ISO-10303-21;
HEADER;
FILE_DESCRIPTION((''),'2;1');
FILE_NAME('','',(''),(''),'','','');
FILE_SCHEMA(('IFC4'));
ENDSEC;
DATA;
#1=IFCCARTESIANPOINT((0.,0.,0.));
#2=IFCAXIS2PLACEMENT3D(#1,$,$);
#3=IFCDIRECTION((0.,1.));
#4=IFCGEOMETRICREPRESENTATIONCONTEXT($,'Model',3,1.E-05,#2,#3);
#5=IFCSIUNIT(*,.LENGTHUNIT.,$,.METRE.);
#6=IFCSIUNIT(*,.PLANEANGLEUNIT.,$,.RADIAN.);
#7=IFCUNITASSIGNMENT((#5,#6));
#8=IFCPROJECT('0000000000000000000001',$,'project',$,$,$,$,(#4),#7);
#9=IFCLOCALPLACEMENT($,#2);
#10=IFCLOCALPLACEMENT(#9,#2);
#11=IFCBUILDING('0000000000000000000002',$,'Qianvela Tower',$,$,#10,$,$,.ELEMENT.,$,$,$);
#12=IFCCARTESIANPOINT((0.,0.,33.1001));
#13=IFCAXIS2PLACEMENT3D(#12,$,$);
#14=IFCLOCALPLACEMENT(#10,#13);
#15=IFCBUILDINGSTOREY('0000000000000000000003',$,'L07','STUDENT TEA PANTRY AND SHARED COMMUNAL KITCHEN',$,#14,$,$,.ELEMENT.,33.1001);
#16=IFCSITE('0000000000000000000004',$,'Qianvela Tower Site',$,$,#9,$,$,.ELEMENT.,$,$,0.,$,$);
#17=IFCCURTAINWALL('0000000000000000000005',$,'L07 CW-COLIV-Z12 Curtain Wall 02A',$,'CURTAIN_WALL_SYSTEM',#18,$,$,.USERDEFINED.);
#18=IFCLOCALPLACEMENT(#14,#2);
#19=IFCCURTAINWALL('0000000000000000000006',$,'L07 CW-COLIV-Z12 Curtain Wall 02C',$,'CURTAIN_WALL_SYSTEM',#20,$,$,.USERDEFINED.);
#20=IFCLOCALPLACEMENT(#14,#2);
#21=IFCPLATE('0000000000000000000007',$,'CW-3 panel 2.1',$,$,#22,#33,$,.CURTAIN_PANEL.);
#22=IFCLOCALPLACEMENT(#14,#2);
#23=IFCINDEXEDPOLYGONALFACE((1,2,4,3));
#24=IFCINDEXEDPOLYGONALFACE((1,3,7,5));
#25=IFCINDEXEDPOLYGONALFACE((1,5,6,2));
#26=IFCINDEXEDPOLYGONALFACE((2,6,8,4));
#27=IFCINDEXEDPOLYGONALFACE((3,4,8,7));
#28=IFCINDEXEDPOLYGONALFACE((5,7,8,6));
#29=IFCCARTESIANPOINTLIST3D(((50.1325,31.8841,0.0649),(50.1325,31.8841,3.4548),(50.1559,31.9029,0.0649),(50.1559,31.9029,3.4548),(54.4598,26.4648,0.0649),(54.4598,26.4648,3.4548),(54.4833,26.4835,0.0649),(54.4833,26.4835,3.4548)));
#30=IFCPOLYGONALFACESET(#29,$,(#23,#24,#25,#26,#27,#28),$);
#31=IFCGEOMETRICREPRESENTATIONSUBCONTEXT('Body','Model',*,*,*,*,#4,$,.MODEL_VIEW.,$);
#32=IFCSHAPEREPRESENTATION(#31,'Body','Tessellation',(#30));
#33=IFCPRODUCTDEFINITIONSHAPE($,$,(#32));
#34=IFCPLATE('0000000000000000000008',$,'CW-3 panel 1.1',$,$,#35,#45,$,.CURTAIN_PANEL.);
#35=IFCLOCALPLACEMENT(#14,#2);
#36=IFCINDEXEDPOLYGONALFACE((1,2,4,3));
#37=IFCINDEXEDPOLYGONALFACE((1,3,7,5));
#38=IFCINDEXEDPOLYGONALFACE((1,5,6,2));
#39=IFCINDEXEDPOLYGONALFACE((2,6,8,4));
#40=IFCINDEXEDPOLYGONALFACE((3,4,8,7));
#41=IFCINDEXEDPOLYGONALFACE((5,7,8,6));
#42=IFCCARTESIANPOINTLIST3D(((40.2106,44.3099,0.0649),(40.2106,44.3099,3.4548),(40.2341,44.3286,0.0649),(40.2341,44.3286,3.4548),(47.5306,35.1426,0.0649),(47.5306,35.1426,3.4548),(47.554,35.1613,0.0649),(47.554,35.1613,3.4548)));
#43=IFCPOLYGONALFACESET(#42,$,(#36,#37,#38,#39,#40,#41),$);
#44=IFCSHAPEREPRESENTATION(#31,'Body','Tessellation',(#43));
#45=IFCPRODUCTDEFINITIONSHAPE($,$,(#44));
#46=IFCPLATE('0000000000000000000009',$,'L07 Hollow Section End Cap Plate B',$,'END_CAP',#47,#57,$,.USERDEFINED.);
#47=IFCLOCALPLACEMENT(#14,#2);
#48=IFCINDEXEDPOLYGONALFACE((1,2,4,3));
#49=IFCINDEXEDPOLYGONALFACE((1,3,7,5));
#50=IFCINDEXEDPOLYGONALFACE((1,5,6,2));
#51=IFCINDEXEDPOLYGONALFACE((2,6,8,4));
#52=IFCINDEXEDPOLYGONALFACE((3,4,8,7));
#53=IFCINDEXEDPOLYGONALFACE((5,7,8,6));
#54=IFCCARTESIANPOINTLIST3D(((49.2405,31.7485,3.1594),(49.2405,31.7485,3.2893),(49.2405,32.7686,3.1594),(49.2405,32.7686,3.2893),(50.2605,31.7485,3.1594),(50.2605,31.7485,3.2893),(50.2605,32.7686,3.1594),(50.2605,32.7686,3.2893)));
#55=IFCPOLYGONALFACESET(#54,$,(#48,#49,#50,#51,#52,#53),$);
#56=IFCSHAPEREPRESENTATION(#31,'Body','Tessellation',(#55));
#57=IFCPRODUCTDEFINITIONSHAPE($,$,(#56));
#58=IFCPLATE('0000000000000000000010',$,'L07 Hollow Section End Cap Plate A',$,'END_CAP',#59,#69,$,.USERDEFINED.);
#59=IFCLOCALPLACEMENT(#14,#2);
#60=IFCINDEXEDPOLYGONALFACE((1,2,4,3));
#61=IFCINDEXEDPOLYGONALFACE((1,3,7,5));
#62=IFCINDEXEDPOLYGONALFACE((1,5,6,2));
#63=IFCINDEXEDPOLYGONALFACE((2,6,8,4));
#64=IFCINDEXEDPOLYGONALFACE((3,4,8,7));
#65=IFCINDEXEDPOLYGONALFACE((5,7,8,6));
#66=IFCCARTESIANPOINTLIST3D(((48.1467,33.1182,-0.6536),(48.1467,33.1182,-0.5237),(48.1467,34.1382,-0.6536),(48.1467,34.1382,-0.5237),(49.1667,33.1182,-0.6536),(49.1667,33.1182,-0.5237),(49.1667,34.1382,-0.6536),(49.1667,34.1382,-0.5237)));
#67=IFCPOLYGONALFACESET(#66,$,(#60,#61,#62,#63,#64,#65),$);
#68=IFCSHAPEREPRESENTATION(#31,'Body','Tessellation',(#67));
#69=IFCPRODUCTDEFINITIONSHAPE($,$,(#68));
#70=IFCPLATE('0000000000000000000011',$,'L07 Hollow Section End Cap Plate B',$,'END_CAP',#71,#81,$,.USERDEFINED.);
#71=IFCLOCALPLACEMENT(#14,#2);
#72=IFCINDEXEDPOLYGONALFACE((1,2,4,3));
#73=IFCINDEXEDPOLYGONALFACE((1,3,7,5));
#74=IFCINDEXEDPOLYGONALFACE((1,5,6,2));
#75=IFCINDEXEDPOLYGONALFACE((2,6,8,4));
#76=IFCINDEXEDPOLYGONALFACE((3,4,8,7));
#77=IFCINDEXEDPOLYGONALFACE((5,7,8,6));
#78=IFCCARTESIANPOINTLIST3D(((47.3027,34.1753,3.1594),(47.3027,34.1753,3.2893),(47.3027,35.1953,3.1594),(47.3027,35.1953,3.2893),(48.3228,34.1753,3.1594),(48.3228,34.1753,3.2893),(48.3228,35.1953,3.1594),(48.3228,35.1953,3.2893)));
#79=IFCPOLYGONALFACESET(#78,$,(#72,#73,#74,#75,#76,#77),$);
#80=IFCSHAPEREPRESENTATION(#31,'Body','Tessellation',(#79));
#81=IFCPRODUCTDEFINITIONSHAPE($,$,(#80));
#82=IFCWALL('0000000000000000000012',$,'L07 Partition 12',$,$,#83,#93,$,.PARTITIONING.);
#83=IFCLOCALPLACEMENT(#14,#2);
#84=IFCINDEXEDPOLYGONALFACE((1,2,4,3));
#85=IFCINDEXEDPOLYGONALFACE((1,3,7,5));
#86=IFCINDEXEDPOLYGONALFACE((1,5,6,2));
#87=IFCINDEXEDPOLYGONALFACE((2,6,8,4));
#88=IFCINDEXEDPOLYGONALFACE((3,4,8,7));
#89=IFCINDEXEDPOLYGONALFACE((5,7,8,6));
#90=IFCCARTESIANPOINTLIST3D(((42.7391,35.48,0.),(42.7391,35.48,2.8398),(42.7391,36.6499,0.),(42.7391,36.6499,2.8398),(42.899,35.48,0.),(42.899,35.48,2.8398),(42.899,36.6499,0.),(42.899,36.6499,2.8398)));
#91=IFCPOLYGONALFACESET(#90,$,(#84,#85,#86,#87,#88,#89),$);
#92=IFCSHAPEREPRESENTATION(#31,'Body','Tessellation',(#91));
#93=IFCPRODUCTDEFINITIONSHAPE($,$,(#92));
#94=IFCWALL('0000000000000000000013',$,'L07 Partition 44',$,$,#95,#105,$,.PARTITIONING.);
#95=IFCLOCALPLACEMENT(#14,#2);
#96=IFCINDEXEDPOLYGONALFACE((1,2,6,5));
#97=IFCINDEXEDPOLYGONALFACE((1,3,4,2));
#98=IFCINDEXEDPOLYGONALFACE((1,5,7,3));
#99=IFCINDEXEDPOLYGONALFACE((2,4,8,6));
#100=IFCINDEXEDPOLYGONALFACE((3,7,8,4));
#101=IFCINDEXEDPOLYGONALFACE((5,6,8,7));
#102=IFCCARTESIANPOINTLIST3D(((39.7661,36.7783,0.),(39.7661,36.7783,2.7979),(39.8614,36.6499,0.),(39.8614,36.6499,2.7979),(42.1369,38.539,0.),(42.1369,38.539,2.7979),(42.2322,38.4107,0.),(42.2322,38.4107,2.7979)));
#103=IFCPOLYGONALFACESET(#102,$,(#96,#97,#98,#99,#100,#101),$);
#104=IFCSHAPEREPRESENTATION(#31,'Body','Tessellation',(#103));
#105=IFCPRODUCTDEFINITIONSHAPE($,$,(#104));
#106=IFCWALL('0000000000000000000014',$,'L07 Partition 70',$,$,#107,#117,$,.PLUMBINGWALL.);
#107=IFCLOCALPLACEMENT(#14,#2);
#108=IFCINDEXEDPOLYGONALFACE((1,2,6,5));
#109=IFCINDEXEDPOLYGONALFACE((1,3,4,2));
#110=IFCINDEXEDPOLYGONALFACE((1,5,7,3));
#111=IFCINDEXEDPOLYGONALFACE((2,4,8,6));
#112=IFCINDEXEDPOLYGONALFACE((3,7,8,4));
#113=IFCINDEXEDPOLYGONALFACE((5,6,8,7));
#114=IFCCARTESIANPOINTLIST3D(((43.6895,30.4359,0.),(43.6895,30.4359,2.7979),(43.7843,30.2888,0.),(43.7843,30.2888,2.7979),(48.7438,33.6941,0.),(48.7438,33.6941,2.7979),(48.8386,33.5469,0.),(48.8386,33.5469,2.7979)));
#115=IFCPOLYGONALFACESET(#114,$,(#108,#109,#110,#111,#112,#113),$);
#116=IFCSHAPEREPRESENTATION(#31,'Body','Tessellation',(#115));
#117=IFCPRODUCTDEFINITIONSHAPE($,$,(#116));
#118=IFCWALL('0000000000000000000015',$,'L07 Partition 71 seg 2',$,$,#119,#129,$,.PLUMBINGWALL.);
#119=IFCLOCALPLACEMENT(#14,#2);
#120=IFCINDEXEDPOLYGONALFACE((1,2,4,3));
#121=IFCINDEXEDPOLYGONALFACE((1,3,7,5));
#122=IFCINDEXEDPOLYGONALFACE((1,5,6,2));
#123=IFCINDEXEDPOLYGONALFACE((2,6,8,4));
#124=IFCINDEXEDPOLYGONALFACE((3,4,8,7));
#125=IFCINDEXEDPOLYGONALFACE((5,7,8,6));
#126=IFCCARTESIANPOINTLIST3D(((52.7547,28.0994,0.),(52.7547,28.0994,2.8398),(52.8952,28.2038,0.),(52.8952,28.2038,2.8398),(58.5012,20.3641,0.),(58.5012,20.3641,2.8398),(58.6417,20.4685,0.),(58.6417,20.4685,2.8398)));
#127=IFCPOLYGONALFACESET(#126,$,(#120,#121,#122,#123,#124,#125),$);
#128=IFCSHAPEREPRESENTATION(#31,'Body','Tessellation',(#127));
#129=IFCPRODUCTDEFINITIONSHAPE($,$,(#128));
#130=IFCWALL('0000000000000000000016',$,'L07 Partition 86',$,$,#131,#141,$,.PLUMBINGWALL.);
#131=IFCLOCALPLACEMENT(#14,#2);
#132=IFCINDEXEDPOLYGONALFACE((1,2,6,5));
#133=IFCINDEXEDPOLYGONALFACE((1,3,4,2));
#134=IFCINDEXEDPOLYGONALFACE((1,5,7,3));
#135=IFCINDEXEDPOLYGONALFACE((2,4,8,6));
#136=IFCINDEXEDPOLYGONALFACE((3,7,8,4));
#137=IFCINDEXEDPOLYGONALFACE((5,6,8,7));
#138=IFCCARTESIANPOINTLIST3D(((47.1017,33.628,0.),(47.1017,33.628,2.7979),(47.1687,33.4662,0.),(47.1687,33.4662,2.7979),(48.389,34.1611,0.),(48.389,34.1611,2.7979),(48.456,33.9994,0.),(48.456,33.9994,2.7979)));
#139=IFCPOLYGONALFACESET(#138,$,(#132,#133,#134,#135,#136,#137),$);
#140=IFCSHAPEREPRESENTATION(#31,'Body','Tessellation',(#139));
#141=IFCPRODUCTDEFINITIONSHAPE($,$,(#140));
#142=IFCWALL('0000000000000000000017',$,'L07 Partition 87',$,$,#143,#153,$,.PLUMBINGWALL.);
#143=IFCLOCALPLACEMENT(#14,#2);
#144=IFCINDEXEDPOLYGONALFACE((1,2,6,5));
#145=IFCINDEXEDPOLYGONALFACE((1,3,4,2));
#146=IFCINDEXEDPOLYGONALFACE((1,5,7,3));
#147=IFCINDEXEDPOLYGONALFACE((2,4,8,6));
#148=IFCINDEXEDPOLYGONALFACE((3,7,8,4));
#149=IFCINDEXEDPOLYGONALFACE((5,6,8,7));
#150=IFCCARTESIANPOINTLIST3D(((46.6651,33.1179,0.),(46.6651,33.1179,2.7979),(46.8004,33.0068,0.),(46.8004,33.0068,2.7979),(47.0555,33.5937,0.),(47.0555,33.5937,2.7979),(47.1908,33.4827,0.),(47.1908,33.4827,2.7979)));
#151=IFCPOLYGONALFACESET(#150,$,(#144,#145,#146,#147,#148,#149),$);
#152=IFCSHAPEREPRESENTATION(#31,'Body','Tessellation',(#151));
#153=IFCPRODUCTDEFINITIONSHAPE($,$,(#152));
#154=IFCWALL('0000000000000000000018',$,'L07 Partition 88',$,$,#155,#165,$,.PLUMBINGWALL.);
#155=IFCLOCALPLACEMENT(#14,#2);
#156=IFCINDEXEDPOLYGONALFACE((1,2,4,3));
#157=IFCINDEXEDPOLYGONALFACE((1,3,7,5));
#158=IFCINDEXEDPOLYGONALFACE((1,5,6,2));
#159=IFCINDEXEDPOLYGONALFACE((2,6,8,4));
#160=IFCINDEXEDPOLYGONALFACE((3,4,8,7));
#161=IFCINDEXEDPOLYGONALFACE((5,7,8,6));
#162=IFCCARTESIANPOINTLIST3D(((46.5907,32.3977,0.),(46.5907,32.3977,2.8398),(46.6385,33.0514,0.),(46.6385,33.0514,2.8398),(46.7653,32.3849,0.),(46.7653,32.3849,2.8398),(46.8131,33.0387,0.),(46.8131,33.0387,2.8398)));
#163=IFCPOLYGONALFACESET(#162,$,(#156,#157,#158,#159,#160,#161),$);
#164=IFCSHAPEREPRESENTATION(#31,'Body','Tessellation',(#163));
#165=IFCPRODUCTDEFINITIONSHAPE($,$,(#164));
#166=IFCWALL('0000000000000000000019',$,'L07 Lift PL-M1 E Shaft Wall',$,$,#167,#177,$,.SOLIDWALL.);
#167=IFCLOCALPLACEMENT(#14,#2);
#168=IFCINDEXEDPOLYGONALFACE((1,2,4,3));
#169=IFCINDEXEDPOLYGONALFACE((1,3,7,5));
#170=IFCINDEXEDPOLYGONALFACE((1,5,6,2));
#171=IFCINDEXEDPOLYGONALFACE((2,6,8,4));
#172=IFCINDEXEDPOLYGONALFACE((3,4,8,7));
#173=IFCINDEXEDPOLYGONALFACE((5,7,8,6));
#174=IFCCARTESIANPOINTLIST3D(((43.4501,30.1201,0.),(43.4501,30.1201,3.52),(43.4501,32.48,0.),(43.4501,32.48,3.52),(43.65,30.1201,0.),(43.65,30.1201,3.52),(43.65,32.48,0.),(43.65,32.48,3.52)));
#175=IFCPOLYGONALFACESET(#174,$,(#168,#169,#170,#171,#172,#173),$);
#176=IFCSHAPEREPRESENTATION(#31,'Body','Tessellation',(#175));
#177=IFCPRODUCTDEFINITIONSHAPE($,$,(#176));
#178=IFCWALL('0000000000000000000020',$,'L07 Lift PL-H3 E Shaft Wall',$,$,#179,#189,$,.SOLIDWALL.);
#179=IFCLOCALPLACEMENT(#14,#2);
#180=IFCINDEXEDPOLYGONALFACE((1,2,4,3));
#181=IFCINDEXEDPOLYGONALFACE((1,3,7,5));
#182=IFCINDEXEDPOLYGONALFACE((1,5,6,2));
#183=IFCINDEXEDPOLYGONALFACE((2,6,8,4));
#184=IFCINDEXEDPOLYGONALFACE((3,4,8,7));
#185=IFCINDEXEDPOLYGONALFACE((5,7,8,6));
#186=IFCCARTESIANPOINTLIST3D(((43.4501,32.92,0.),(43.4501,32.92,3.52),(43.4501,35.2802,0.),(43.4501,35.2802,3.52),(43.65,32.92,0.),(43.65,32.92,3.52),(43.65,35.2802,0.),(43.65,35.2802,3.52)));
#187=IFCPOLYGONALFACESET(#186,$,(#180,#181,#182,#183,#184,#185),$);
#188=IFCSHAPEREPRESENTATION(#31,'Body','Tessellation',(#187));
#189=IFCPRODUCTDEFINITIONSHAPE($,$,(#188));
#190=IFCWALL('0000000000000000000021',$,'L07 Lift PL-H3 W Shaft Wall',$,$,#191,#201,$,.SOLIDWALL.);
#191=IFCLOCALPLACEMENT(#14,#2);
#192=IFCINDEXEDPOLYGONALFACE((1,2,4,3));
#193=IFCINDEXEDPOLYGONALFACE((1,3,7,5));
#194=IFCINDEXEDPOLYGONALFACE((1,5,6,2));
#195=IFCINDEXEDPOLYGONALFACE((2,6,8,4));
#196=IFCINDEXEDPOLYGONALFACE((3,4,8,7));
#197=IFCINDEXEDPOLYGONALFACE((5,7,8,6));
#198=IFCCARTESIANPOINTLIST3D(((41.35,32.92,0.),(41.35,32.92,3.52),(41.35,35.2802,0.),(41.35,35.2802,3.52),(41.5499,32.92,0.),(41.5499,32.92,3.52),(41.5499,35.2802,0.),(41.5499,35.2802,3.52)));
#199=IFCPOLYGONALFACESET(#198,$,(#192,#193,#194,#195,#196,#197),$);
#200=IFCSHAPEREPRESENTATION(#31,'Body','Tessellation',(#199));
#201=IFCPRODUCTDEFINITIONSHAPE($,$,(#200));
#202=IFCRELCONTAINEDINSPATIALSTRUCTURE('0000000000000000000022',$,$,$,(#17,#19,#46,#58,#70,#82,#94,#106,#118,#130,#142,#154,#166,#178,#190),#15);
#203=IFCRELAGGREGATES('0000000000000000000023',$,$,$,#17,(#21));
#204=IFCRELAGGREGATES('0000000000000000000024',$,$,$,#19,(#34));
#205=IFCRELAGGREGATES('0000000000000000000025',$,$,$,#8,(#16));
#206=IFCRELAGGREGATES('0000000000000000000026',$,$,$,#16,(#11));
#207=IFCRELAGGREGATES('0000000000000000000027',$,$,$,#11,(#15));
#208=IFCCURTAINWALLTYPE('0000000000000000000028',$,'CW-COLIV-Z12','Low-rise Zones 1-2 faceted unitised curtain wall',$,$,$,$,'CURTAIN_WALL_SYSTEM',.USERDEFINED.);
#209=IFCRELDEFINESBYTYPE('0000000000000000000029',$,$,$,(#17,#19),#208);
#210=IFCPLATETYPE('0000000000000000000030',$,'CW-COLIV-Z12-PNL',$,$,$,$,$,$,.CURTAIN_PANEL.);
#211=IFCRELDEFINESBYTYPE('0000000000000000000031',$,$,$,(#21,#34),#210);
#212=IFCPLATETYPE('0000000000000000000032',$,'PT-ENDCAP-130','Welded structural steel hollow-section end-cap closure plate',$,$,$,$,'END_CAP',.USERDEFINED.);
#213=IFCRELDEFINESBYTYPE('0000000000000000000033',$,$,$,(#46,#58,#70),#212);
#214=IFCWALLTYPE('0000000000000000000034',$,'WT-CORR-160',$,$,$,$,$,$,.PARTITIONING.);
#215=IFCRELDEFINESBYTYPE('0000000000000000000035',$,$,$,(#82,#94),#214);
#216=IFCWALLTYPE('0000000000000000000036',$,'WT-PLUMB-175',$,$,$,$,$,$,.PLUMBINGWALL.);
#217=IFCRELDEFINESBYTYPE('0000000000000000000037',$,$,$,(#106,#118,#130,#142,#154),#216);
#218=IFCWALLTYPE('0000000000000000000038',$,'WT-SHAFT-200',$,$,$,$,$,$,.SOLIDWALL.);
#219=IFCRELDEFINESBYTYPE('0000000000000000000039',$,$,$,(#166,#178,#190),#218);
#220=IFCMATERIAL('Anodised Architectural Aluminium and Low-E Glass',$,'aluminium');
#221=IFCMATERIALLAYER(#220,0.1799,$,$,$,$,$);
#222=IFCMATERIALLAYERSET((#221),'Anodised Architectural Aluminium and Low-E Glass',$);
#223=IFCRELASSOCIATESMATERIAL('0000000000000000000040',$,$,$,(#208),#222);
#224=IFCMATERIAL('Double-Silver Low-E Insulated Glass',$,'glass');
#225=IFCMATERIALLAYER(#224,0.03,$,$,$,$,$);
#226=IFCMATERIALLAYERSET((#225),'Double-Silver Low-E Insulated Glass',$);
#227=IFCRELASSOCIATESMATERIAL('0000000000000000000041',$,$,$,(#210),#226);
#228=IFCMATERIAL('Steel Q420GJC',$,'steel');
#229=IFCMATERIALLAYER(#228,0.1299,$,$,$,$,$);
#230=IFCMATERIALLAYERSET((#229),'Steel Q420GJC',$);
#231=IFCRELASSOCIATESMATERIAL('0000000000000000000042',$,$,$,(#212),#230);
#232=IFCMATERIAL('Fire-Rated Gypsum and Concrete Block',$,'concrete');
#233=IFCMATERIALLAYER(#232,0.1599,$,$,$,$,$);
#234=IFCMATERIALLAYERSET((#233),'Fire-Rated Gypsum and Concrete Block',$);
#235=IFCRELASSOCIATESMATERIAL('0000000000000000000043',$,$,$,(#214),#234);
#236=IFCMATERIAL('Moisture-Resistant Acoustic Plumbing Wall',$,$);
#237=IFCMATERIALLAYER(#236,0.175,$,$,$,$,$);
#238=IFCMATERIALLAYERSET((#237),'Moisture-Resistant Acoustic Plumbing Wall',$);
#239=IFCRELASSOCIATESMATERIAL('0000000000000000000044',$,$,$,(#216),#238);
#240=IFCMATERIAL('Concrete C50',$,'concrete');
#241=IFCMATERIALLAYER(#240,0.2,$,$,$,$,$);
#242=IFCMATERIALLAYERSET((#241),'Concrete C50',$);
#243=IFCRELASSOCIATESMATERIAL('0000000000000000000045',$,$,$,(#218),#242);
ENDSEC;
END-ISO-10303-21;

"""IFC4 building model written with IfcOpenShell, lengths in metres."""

from ifc_helpers import new_model, si_unit, direction, frame, frame_2d, origin, origin_2d, place, context, subcontext, project, spatial, rectangle, extrude, material, layer, layer_set, type_object, element, aggregate, save


model = new_model("IFC4")

# Units and contexts
model_context = context("Model", 3, precision=1e-05, world=origin(), true_north=direction((0.0, 1.0)))
body_context = subcontext(model_context, "Body", "Model", "MODEL_VIEW")
ifc_project = project(units=[si_unit("LENGTHUNIT", "METRE"), si_unit("PLANEANGLEUNIT", "RADIAN")], contexts=[model_context])

# Site, building, storey
site_placement = place(None, origin())
site = spatial("IfcSite", under=ifc_project, at=site_placement, Name="Qianvela Tower Site", CompositionType="ELEMENT", RefElevation=0.0)
building_placement = place(site_placement, origin())
building = spatial("IfcBuilding", under=site, at=building_placement, Name="Qianvela Tower", CompositionType="ELEMENT")
storey_placement = place(building_placement, frame((0.0, 0.0, 33.1001)))
storey = spatial("IfcBuildingStorey", under=building, at=storey_placement, Name="L07", Description="STUDENT TEA PANTRY AND SHARED COMMUNAL KITCHEN", CompositionType="ELEMENT", Elevation=33.1001)

# Curtain wall
ifc_material_1 = material(Name="Anodised Architectural Aluminium and Low-E Glass", Category="aluminium")
ifc_layer_1 = layer(ifc_material_1, 0.1799)
ifc_layer_set_1 = layer_set([ifc_layer_1], Name="Anodised Architectural Aluminium and Low-E Glass")
curtain_wall_type_1 = type_object("IfcCurtainWallType", Name="CW-COLIV-Z12", Description="Low-rise Zones 1-2 faceted unitised curtain wall", ElementType="CURTAIN_WALL_SYSTEM", PredefinedType="USERDEFINED", material=ifc_layer_set_1)
curtain_wall_1_placement = place(storey_placement, origin())
curtain_wall_1 = element("IfcCurtainWall", 1, at=curtain_wall_1_placement, inside=storey, type_object=curtain_wall_type_1, Name="L07 CW-COLIV-Z12 Curtain Wall 02A", ObjectType="CURTAIN_WALL_SYSTEM", PredefinedType="USERDEFINED")

# Curtain wall
curtain_wall_2_placement = place(storey_placement, origin())
curtain_wall_2 = element("IfcCurtainWall", 2, at=curtain_wall_2_placement, inside=storey, type_object=curtain_wall_type_1, Name="L07 CW-COLIV-Z12 Curtain Wall 02C", ObjectType="CURTAIN_WALL_SYSTEM", PredefinedType="USERDEFINED")

# Plates
ifc_material_2 = material(Name="Double-Silver Low-E Insulated Glass", Category="glass")
ifc_layer_2 = layer(ifc_material_2, 0.03)
ifc_layer_set_2 = layer_set([ifc_layer_2], Name="Double-Silver Low-E Insulated Glass")
plate_type_1 = type_object("IfcPlateType", Name="CW-COLIV-Z12-PNL", PredefinedType="CURTAIN_PANEL", material=ifc_layer_set_2)
plate_1_placement = place(storey_placement, frame((52.3079, 29.1838, 0.0649), z_axis=(0.0, 0.0, 1.0), x_axis=(-0.623978, 0.781442, 0.0)))
plate_1 = element("IfcPlate", 3, at=plate_1_placement, type_object=plate_type_1, Name="CW-3 panel 2.1", PredefinedType="CURTAIN_PANEL", context=body_context, shape_type="SweptSolid", body=[
    extrude(rectangle(XDim=6.9351, YDim=0.03, at=origin_2d()), origin(), (0.0, 0.0, 1.0), 3.3899),
])
aggregate(curtain_wall_1, [plate_1])
plate_2_placement = place(storey_placement, frame((43.8823, 39.7356, 0.0649), z_axis=(0.0, 0.0, 1.0), x_axis=(-0.623973, 0.781446, 0.0)))
plate_2 = element("IfcPlate", 4, at=plate_2_placement, type_object=plate_type_1, Name="CW-3 panel 1.1", PredefinedType="CURTAIN_PANEL", context=body_context, shape_type="SweptSolid", body=[
    extrude(rectangle(XDim=11.7312, YDim=0.03, at=origin_2d()), origin(), (0.0, 0.0, 1.0), 3.3899),
])
aggregate(curtain_wall_2, [plate_2])

# Plates
ifc_material_3 = material(Name="Steel Q420GJC", Category="steel")
ifc_layer_3 = layer(ifc_material_3, 0.1299)
ifc_layer_set_3 = layer_set([ifc_layer_3], Name="Steel Q420GJC")
plate_type_2 = type_object("IfcPlateType", Name="PT-ENDCAP-130", Description="Welded structural steel hollow-section end-cap closure plate", ElementType="END_CAP", PredefinedType="USERDEFINED", material=ifc_layer_set_3)
for number, where, z_axis, x_axis, name in (
    (5, (49.7505, 32.2585, 3.1594), (0.0, 0.0, 1.0), (1.0, 0.0, 0.0), "L07 Hollow Section End Cap Plate B"),
    (6, (48.6567, 33.6282, -0.6536), (0.0, 0.0, 1.0), (1.0, 0.0, 0.0), "L07 Hollow Section End Cap Plate A"),
    (7, (47.8127, 34.6853, 3.1594), (0.0, 0.0, 1.0), (1.0, 0.0, 0.0), "L07 Hollow Section End Cap Plate B"),
):
    element("IfcPlate", number, at=place(storey_placement, frame(where, z_axis=z_axis, x_axis=x_axis)), inside=storey, type_object=plate_type_2, Name=name, ObjectType="END_CAP", PredefinedType="USERDEFINED", context=body_context, shape_type="SweptSolid", body=[
        extrude(rectangle(XDim=1.02, YDim=1.02, at=origin_2d()), origin(), (0.0, 0.0, 1.0), 0.1299),
    ])

# Walls
ifc_material_4 = material(Name="Fire-Rated Gypsum and Concrete Block", Category="concrete")
ifc_layer_4 = layer(ifc_material_4, 0.1599)
ifc_layer_set_4 = layer_set([ifc_layer_4], Name="Fire-Rated Gypsum and Concrete Block")
wall_type_1 = type_object("IfcWallType", Name="WT-CORR-160", PredefinedType="PARTITIONING", material=ifc_layer_set_4)
wall_1_placement = place(storey_placement, frame((42.8191, 36.6499, 0.0), z_axis=(0.0, 0.0, 1.0), x_axis=(0.0, -1.0, 0.0)))
element("IfcWall", 8, at=wall_1_placement, inside=storey, type_object=wall_type_1, Name="L07 Partition 12", PredefinedType="PARTITIONING", context=body_context, shape_type="SweptSolid", body=[
    extrude(rectangle(XDim=1.1699, YDim=0.1599, at=frame_2d((0.585, 0.0))), origin(), (0.0, 0.0, 1.0), 2.8398),
])
wall_2_placement = place(storey_placement, frame((42.1846, 38.4749, 0.0), z_axis=(0.0, 0.0, 1.0), x_axis=(-0.802818, -0.596224, 0.0)))
element("IfcWall", 9, at=wall_2_placement, inside=storey, type_object=wall_type_1, Name="L07 Partition 44", PredefinedType="PARTITIONING", context=body_context, shape_type="SweptSolid", body=[
    extrude(rectangle(XDim=2.9531, YDim=0.1599, at=frame_2d((1.4766, 0.0))), origin(), (0.0, 0.0, 1.0), 2.7979),
])
ifc_material_5 = material(Name="Moisture-Resistant Acoustic Plumbing Wall")
ifc_layer_5 = layer(ifc_material_5, 0.175)
ifc_layer_set_5 = layer_set([ifc_layer_5], Name="Moisture-Resistant Acoustic Plumbing Wall")
wall_type_2 = type_object("IfcWallType", Name="WT-PLUMB-175", PredefinedType="PLUMBINGWALL", material=ifc_layer_set_5)
wall_3_placement = place(storey_placement, frame((43.7368, 30.3623, 0.0), z_axis=(0.0, 0.0, 1.0), x_axis=(0.840502, 0.541808, 0.0)))
element("IfcWall", 10, at=wall_3_placement, inside=storey, type_object=wall_type_2, Name="L07 Partition 70", PredefinedType="PLUMBINGWALL", context=body_context, shape_type="SweptSolid", body=[
    extrude(rectangle(XDim=6.0134, YDim=0.175, at=frame_2d((3.0068, 0.0))), origin(), (0.0, 0.0, 1.0), 2.7979),
])
wall_4_placement = place(storey_placement, frame((52.825, 28.1516, 0.0), z_axis=(0.0, 0.0, 1.0), x_axis=(0.596345, -0.802728, 0.0)))
element("IfcWall", 11, at=wall_4_placement, inside=storey, type_object=wall_type_2, Name="L07 Partition 71 seg 2", PredefinedType="PLUMBINGWALL", context=body_context, shape_type="SweptSolid", body=[
    extrude(rectangle(XDim=9.6362, YDim=0.175, at=frame_2d((4.8181, 0.0))), origin(), (0.0, 0.0, 1.0), 2.8398),
])
wall_5_placement = place(storey_placement, frame((48.4226, 34.0803, 0.0), z_axis=(0.0, 0.0, 1.0), x_axis=(-0.923889, -0.382661, 0.0)))
element("IfcWall", 12, at=wall_5_placement, inside=storey, type_object=wall_type_2, Name="L07 Partition 86", PredefinedType="PLUMBINGWALL", context=body_context, shape_type="SweptSolid", body=[
    extrude(rectangle(XDim=1.3933, YDim=0.175, at=frame_2d((0.6968, 0.0))), origin(), (0.0, 0.0, 1.0), 2.7979),
])
wall_6_placement = place(storey_placement, frame((47.123, 33.5381, 0.0), z_axis=(0.0, 0.0, 1.0), x_axis=(-0.634274, -0.773108, 0.0)))
element("IfcWall", 13, at=wall_6_placement, inside=storey, type_object=wall_type_2, Name="L07 Partition 87", PredefinedType="PLUMBINGWALL", context=body_context, shape_type="SweptSolid", body=[
    extrude(rectangle(XDim=0.6155, YDim=0.175, at=frame_2d((0.3076, 0.0))), origin(), (0.0, 0.0, 1.0), 2.7979),
])
wall_7_placement = place(storey_placement, frame((46.7258, 33.0449, 0.0), z_axis=(0.0, 0.0, 1.0), x_axis=(-0.072994, -0.997332, 0.0)))
element("IfcWall", 14, at=wall_7_placement, inside=storey, type_object=wall_type_2, Name="L07 Partition 88", PredefinedType="PLUMBINGWALL", context=body_context, shape_type="SweptSolid", body=[
    extrude(rectangle(XDim=0.6555, YDim=0.175, at=frame_2d((0.3276, 0.0))), origin(), (0.0, 0.0, 1.0), 2.8398),
])
ifc_material_6 = material(Name="Concrete C50", Category="concrete")
ifc_layer_6 = layer(ifc_material_6, 0.2)
ifc_layer_set_6 = layer_set([ifc_layer_6], Name="Concrete C50")
wall_type_3 = type_object("IfcWallType", Name="WT-SHAFT-200", PredefinedType="SOLIDWALL", material=ifc_layer_set_6)
wall_8_placement = place(storey_placement, frame((43.55, 30.1201, 0.0), z_axis=(0.0, 0.0, 1.0), x_axis=(0.0, 1.0, 0.0)))
element("IfcWall", 15, at=wall_8_placement, inside=storey, type_object=wall_type_3, Name="L07 Lift PL-M1 E Shaft Wall", PredefinedType="SOLIDWALL", context=body_context, shape_type="SweptSolid", body=[
    extrude(rectangle(XDim=2.3599, YDim=0.2, at=frame_2d((1.1799, 0.0))), origin(), (0.0, 0.0, 1.0), 3.52),
])
for number, where, z_axis, x_axis, name in (
    (16, (43.55, 32.9199, 0.0), (0.0, 0.0, 1.0), (0.0, 1.0, 0.0), "L07 Lift PL-H3 E Shaft Wall"),
    (17, (41.45, 32.9199, 0.0), (0.0, 0.0, 1.0), (0.0, 1.0, 0.0), "L07 Lift PL-H3 W Shaft Wall"),
):
    element("IfcWall", number, at=place(storey_placement, frame(where, z_axis=z_axis, x_axis=x_axis)), inside=storey, type_object=wall_type_3, Name=name, PredefinedType="SOLIDWALL", context=body_context, shape_type="SweptSolid", body=[
        extrude(rectangle(XDim=2.3601, YDim=0.2, at=frame_2d((1.1802, 0.0))), origin(), (0.0, 0.0, 1.0), 3.52),
    ])

save(model, "model.ifc")
